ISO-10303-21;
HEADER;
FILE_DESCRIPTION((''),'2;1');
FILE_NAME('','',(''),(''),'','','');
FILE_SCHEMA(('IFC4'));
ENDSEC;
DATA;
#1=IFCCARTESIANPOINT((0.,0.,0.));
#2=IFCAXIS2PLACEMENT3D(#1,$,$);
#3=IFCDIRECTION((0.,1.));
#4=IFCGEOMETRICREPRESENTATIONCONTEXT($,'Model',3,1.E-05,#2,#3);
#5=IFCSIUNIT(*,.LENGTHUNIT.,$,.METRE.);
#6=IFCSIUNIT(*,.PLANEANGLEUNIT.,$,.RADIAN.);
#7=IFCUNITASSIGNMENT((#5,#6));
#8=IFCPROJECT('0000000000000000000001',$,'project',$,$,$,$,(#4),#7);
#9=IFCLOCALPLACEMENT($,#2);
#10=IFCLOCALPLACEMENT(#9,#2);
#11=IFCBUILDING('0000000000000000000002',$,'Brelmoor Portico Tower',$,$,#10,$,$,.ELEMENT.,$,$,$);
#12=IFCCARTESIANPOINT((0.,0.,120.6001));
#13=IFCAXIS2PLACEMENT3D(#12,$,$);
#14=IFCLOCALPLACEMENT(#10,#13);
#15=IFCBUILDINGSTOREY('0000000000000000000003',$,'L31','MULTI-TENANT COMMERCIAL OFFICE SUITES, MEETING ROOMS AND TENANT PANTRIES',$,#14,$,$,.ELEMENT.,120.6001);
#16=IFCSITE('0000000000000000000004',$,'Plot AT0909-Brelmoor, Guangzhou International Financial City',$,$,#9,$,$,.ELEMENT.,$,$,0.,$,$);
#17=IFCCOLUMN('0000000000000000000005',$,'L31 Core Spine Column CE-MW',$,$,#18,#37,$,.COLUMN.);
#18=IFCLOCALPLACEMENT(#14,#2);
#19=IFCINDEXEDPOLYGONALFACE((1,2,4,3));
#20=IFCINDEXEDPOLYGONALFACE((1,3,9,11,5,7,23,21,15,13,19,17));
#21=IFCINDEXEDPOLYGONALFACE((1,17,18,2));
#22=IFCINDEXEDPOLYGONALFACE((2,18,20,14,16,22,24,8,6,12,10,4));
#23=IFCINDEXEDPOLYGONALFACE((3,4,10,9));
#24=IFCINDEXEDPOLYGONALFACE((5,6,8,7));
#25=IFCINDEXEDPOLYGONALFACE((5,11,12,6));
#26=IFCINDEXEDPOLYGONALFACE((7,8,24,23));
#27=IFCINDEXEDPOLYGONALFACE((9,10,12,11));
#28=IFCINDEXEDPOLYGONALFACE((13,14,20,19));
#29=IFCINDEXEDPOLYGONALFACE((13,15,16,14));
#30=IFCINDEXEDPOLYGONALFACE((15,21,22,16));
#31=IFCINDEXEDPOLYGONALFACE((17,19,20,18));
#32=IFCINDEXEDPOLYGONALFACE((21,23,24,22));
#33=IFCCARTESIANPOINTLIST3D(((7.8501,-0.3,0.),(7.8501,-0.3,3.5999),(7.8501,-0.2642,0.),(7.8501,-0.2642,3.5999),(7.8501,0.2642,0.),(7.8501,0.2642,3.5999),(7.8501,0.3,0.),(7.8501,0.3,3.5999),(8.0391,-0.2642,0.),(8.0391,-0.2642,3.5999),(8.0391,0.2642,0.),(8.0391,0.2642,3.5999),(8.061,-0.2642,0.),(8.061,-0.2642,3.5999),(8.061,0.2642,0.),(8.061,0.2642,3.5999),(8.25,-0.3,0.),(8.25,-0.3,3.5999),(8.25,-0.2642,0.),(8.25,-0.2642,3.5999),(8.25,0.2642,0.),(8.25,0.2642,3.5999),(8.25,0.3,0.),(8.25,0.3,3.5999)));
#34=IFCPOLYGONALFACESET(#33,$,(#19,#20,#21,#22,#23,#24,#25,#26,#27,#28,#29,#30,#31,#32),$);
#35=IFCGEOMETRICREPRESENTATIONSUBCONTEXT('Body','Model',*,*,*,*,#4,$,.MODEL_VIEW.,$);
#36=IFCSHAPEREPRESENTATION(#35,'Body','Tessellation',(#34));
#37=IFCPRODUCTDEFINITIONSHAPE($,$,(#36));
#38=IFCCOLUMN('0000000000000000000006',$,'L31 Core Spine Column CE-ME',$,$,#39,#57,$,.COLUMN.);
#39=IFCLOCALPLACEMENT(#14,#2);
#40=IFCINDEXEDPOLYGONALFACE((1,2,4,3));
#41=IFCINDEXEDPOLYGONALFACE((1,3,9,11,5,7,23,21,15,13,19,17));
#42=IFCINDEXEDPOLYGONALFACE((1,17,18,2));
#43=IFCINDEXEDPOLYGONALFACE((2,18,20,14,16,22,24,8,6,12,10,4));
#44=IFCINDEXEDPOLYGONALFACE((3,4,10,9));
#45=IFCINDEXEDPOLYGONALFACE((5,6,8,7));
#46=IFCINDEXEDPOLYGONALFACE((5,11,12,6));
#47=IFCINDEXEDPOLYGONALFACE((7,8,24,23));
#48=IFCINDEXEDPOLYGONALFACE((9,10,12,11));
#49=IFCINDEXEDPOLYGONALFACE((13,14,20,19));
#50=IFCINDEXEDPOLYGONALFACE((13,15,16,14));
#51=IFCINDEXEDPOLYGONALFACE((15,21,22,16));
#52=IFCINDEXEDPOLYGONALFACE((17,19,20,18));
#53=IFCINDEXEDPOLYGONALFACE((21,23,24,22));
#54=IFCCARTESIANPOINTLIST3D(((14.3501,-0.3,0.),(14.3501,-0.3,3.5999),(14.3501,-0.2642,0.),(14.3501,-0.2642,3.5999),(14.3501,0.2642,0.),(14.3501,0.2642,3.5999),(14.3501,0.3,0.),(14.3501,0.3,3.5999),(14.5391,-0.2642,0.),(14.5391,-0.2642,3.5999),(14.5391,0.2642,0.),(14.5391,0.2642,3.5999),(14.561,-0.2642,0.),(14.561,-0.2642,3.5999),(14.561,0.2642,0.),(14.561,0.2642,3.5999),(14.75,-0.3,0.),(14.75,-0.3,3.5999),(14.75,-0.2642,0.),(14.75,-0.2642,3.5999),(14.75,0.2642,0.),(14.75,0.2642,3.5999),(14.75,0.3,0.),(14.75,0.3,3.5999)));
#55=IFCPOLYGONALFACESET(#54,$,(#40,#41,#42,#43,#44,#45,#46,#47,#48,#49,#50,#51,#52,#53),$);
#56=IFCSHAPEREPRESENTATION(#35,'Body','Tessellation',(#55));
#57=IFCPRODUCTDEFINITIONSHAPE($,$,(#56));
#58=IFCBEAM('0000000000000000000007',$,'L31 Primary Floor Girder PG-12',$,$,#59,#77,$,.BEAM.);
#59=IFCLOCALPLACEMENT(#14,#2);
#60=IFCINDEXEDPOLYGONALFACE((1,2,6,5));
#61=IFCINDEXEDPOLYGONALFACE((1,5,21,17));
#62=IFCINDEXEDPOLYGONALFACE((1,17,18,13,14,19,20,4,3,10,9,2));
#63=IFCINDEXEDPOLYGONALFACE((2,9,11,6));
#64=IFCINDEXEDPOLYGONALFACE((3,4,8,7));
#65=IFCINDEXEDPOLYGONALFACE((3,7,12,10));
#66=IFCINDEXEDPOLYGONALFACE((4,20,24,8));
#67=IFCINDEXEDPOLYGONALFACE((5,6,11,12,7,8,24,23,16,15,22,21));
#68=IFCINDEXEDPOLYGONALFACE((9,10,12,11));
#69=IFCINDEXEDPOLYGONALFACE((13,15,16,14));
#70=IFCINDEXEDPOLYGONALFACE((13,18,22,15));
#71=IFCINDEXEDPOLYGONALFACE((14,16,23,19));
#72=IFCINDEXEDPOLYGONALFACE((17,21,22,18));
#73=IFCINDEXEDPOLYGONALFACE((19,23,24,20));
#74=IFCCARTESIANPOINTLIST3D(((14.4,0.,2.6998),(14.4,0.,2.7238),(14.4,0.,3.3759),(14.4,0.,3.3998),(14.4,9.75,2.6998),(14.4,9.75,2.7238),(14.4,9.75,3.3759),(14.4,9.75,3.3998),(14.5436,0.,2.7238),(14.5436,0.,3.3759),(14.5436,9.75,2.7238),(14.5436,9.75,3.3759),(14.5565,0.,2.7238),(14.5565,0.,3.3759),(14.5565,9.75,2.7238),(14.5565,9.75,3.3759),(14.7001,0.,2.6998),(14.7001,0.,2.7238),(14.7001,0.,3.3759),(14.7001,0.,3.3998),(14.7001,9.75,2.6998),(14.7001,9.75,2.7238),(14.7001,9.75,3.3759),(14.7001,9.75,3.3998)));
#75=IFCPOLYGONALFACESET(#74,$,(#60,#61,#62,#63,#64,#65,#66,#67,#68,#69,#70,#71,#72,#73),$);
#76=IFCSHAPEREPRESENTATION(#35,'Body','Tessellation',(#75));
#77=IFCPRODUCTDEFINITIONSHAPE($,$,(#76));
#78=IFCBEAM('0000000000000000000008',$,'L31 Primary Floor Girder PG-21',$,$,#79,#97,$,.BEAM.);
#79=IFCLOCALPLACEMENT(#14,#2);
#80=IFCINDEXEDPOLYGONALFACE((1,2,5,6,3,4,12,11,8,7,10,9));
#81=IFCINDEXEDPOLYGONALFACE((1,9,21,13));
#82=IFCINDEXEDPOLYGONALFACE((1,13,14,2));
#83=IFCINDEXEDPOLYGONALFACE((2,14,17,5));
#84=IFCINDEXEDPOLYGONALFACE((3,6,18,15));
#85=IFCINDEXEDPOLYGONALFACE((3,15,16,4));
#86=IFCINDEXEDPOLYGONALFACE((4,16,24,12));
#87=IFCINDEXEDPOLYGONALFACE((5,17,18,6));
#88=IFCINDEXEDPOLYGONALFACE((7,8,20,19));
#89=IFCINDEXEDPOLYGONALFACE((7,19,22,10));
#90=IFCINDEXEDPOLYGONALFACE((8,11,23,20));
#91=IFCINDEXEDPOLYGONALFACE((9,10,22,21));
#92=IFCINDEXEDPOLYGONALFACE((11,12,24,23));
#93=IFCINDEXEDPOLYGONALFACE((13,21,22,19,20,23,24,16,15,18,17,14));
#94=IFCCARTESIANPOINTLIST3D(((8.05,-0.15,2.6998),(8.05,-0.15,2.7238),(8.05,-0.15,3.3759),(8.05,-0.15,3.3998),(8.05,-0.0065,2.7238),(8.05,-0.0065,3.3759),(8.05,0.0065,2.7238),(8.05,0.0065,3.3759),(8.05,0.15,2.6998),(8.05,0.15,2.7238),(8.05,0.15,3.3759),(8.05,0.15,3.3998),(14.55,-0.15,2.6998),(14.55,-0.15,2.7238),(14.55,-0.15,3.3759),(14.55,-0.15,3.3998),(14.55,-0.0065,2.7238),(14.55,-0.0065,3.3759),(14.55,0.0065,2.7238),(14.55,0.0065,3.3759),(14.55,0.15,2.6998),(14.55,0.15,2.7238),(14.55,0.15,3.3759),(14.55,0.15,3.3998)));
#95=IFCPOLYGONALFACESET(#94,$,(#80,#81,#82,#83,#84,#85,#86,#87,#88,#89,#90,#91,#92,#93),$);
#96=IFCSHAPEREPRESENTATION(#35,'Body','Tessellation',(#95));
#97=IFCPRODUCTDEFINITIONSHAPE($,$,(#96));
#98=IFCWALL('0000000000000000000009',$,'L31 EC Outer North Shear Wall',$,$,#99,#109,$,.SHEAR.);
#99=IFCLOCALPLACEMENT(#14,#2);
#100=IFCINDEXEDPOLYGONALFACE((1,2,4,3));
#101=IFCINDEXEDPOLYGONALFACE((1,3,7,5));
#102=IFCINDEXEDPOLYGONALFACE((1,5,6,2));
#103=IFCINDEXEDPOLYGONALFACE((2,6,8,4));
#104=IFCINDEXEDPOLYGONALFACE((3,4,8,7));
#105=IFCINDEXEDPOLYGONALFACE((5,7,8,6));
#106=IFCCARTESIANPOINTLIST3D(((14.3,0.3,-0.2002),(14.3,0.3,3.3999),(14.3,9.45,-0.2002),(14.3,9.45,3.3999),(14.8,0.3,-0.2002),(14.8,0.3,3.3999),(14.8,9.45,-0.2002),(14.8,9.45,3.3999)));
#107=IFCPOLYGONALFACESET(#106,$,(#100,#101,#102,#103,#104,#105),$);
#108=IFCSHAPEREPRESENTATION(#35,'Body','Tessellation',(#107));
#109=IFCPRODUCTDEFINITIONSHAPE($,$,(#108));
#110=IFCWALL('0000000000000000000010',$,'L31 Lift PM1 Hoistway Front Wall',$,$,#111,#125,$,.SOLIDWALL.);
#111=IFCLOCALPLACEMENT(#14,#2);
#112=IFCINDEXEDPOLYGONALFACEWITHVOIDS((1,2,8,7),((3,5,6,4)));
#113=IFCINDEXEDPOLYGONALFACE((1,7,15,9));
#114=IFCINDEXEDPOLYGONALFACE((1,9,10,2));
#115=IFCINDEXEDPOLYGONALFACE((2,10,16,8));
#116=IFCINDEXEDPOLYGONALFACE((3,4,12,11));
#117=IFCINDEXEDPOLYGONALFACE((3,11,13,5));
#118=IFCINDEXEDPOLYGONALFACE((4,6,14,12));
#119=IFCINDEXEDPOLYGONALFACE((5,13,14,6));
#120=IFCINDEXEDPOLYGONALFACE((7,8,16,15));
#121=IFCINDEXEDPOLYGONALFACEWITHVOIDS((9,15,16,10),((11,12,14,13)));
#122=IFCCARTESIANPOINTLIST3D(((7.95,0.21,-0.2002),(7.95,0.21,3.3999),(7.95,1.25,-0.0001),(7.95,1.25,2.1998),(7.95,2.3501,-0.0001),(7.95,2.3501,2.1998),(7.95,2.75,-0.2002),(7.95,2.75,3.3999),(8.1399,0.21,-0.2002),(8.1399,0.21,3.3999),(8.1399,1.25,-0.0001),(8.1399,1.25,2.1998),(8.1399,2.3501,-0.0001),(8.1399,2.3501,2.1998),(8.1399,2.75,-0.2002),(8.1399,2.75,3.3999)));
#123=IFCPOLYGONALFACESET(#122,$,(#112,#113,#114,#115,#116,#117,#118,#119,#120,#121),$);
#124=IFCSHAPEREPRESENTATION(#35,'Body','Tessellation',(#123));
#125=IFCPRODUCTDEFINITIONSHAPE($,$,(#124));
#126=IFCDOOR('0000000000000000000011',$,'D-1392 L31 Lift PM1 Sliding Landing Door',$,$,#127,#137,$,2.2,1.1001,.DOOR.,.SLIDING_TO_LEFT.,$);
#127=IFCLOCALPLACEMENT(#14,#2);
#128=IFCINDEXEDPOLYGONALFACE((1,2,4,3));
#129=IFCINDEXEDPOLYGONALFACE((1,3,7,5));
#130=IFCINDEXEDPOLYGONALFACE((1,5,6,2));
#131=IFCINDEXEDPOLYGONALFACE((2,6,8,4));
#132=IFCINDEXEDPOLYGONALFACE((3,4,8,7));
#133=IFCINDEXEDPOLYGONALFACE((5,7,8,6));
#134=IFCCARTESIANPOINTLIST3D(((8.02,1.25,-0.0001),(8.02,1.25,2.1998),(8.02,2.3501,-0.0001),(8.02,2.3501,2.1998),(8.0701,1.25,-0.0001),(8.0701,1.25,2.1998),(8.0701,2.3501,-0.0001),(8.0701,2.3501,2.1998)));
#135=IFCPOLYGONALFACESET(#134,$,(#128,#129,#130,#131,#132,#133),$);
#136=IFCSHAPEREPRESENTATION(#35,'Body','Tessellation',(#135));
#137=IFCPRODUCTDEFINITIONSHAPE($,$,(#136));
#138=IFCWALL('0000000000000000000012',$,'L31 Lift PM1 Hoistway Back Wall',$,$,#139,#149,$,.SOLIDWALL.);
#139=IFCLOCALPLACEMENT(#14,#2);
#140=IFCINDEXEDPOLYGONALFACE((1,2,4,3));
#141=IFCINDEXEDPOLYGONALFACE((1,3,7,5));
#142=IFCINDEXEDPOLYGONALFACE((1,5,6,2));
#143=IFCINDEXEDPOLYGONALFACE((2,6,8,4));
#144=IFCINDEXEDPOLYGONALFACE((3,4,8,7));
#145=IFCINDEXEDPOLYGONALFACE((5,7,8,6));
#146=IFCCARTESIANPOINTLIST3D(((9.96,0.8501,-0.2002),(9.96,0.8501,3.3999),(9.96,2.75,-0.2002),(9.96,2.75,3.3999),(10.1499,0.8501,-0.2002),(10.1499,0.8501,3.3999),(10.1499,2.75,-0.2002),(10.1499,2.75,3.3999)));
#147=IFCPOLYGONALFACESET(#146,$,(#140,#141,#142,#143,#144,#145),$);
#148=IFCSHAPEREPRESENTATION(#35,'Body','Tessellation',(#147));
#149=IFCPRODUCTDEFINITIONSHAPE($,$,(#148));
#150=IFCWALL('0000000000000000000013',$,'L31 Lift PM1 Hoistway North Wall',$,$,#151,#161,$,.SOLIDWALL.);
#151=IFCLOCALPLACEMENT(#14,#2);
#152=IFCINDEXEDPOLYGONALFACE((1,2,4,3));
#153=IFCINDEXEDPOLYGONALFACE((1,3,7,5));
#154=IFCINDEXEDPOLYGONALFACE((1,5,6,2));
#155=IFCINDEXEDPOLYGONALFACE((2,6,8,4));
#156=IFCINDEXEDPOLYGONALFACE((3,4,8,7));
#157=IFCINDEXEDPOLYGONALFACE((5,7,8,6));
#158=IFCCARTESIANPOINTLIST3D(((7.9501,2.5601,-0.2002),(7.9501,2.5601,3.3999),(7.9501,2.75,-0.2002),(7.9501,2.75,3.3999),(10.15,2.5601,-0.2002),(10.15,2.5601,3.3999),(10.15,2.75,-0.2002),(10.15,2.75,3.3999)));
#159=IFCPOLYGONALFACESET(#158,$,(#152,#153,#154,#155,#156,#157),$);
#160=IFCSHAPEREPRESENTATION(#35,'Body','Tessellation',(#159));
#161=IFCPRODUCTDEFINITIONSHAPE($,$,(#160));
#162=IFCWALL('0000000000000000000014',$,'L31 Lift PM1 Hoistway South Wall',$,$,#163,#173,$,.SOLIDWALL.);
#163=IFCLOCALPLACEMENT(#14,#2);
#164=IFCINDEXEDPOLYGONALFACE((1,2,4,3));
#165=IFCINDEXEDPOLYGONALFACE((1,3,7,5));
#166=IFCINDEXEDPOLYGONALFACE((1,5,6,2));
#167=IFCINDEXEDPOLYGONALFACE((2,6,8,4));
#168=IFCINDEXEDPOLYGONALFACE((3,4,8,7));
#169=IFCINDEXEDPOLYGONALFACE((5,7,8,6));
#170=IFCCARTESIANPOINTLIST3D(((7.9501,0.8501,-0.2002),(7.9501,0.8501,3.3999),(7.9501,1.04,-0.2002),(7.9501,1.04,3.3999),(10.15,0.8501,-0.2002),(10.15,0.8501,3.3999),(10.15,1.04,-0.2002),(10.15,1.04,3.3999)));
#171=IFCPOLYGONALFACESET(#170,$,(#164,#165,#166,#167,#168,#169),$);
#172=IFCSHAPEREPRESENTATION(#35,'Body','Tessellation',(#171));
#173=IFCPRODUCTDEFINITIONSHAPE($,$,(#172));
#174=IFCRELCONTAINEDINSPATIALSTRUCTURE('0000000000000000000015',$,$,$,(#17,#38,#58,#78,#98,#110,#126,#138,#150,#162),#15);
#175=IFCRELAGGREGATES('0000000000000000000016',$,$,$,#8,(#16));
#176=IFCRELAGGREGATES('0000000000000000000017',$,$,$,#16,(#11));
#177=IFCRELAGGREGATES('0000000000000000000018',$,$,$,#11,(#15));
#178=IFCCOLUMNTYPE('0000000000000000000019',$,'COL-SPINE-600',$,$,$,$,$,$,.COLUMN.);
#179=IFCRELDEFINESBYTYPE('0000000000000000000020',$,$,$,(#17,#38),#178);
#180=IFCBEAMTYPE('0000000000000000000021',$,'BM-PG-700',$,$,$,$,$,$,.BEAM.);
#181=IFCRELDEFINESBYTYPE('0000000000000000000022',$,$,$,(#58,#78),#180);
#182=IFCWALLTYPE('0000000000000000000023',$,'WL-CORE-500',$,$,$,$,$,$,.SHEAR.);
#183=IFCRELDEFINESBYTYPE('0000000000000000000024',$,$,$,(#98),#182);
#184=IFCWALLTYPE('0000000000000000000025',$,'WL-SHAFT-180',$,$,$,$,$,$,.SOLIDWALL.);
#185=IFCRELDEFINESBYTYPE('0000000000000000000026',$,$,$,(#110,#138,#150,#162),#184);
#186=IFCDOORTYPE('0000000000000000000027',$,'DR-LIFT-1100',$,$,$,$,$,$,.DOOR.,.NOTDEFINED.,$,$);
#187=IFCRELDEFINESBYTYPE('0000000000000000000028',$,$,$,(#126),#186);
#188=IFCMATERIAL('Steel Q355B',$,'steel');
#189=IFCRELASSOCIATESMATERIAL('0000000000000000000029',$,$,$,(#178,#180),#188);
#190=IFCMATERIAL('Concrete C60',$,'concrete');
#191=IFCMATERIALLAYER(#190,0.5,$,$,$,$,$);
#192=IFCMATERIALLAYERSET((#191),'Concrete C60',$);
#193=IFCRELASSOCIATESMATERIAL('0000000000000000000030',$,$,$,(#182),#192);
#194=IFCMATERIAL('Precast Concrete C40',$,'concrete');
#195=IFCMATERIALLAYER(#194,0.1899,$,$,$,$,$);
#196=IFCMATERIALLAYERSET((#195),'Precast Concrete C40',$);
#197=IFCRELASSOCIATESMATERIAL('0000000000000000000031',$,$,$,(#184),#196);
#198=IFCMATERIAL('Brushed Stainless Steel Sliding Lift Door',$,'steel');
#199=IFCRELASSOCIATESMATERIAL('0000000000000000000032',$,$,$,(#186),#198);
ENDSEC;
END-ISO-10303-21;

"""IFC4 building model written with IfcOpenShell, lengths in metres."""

from ifc_helpers import new_model, si_unit, direction, frame, frame_2d, origin, origin_2d, place, context, subcontext, project, spatial, rectangle, i_section, extrude, material, layer, layer_set, material_profile, profile_set, type_object, element, fill, save


model = new_model("IFC4")

# Units and contexts
model_context = context("Model", 3, precision=1e-05, world=origin(), true_north=direction((0.0, 1.0)))
body_context = subcontext(model_context, "Body", "Model", "MODEL_VIEW")
ifc_project = project(units=[si_unit("LENGTHUNIT", "METRE"), si_unit("PLANEANGLEUNIT", "RADIAN")], contexts=[model_context])

# Site, building, storey
site_placement = place(None, origin())
site = spatial("IfcSite", under=ifc_project, at=site_placement, Name="Plot AT0909-Brelmoor, Guangzhou International Financial City", CompositionType="ELEMENT", RefElevation=0.0)
building_placement = place(site_placement, origin())
building = spatial("IfcBuilding", under=site, at=building_placement, Name="Brelmoor Portico Tower", CompositionType="ELEMENT")
storey_placement = place(building_placement, frame((0.0, 0.0, 120.6001)))
storey = spatial("IfcBuildingStorey", under=building, at=storey_placement, Name="L31", Description="MULTI-TENANT COMMERCIAL OFFICE SUITES, MEETING ROOMS AND TENANT PANTRIES", CompositionType="ELEMENT", Elevation=120.6001)

# Columns
ifc_material_1 = material(Name="Steel Q355B", Category="steel")
ifc_material_profile_1 = material_profile(ifc_material_1, i_section(OverallWidth=0.3999, OverallDepth=0.6001, WebThickness=0.022, FlangeThickness=0.0359, at=origin_2d()), Name="HW 600x400x22x36")
ifc_profile_set_1 = profile_set([ifc_material_profile_1], Name="Steel Q355B")
column_type = type_object("IfcColumnType", Name="COL-SPINE-600", PredefinedType="COLUMN", material=ifc_profile_set_1)
for number, where, z_axis, x_axis, name in (
    (1, (8.05, 0.0, 0.0), (0.0, 0.0, 1.0), (1.0, 0.0, 0.0), "L31 Core Spine Column CE-MW"),
    (2, (14.55, 0.0, 0.0), (0.0, 0.0, 1.0), (1.0, 0.0, 0.0), "L31 Core Spine Column CE-ME"),
):
    element("IfcColumn", number, at=place(storey_placement, frame(where, z_axis=z_axis, x_axis=x_axis)), inside=storey, type_object=column_type, Name=name, PredefinedType="COLUMN", context=body_context, shape_type="SweptSolid", body=[
        extrude(i_section(OverallWidth=0.3999, OverallDepth=0.6001, WebThickness=0.022, FlangeThickness=0.0359, at=origin_2d()), origin(), (0.0, 0.0, 1.0), 3.5999),
    ])

# Beams
ifc_material_profile_2 = material_profile(ifc_material_1, i_section(OverallWidth=0.3, OverallDepth=0.7, WebThickness=0.0129, FlangeThickness=0.0239, at=origin_2d()), Name="HN 700x300x13x24")
ifc_profile_set_2 = profile_set([ifc_material_profile_2], Name="Steel Q355B")
beam_type = type_object("IfcBeamType", Name="BM-PG-700", PredefinedType="BEAM", material=ifc_profile_set_2)
beam_1_placement = place(storey_placement, frame((14.55, 0.0, 3.0498), z_axis=(0.0, 1.0, 0.0), x_axis=(-1.0, 0.0, 0.0)))
element("IfcBeam", 3, at=beam_1_placement, inside=storey, type_object=beam_type, Name="L31 Primary Floor Girder PG-12", PredefinedType="BEAM", context=body_context, shape_type="SweptSolid", body=[
    extrude(i_section(OverallWidth=0.3, OverallDepth=0.7, WebThickness=0.0129, FlangeThickness=0.0239, at=origin_2d()), origin(), (0.0, 0.0, 1.0), 9.75),
])
beam_2_placement = place(storey_placement, frame((8.05, 0.0, 3.0498), z_axis=(1.0, 0.0, 0.0), x_axis=(0.0, 1.0, 0.0)))
element("IfcBeam", 4, at=beam_2_placement, inside=storey, type_object=beam_type, Name="L31 Primary Floor Girder PG-21", PredefinedType="BEAM", context=body_context, shape_type="SweptSolid", body=[
    extrude(i_section(OverallWidth=0.3, OverallDepth=0.7, WebThickness=0.0129, FlangeThickness=0.0239, at=origin_2d()), origin(), (0.0, 0.0, 1.0), 6.5),
])

# Wall
ifc_material_2 = material(Name="Concrete C60", Category="concrete")
ifc_layer_1 = layer(ifc_material_2, 0.5)
ifc_layer_set_1 = layer_set([ifc_layer_1], Name="Concrete C60")
wall_type_1 = type_object("IfcWallType", Name="WL-CORE-500", PredefinedType="SHEAR", material=ifc_layer_set_1)
wall_1_placement = place(storey_placement, frame((14.55, 0.3, -0.2002), z_axis=(0.0, 0.0, 1.0), x_axis=(0.0, 1.0, 0.0)))
element("IfcWall", 5, at=wall_1_placement, inside=storey, type_object=wall_type_1, Name="L31 EC Outer North Shear Wall", PredefinedType="SHEAR", context=body_context, shape_type="SweptSolid", body=[
    extrude(rectangle(XDim=9.1499, YDim=0.5, at=frame_2d((4.575, 0.0))), origin(), (0.0, 0.0, 1.0), 3.6001),
])

# Wall, opening, door
ifc_material_3 = material(Name="Precast Concrete C40", Category="concrete")
ifc_layer_2 = layer(ifc_material_3, 0.1899)
ifc_layer_set_2 = layer_set([ifc_layer_2], Name="Precast Concrete C40")
wall_type_2 = type_object("IfcWallType", Name="WL-SHAFT-180", PredefinedType="SOLIDWALL", material=ifc_layer_set_2)
wall_2_placement = place(storey_placement, frame((8.0449, 0.21, -0.2002), z_axis=(0.0, 0.0, 1.0), x_axis=(0.0, 1.0, 0.0)))
wall_2 = element("IfcWall", 6, at=wall_2_placement, inside=storey, type_object=wall_type_2, Name="L31 Lift PM1 Hoistway Front Wall", PredefinedType="SOLIDWALL", context=body_context, shape_type="SweptSolid", body=[
    extrude(rectangle(XDim=2.54, YDim=0.1899, at=frame_2d((1.27, 0.0))), origin(), (0.0, 0.0, 1.0), 3.6001),
])
opening_1_placement = place(wall_2_placement, frame((1.04, 0.0, 0.2)))
opening_1 = element("IfcOpeningElement", 7, at=opening_1_placement, cuts=wall_2, PredefinedType="OPENING", context=body_context, shape_type="SweptSolid", body=[
    extrude(rectangle(XDim=1.1001, YDim=2.2, at=frame_2d((0.55, 1.1001))), frame((0.0, 0.105, 0.0), z_axis=(0.0, -1.0, 0.0), x_axis=(1.0, 0.0, 0.0)), (0.0, 0.0, 1.0), 0.21),
])
ifc_material_4 = material(Name="Brushed Stainless Steel Sliding Lift Door", Category="steel")
door_type_1 = type_object("IfcDoorType", Name="DR-LIFT-1100", OperationType="NOTDEFINED", PredefinedType="DOOR", material=ifc_material_4)
door_1_placement = place(opening_1_placement, origin())
door_1 = element("IfcDoor", 8, at=door_1_placement, inside=storey, type_object=door_type_1, Name="D-1392 L31 Lift PM1 Sliding Landing Door", OperationType="SLIDING_TO_LEFT", OverallHeight=2.2, OverallWidth=1.1001, PredefinedType="DOOR", context=body_context, shape_type="SweptSolid", body=[
    extrude(rectangle(XDim=1.1001, YDim=2.2, at=frame_2d((0.55, 1.1001))), frame((0.0, 0.0249, 0.0), z_axis=(0.0, -1.0, 0.0), x_axis=(1.0, 0.0, 0.0)), (0.0, 0.0, 1.0), 0.05),
])
fill(opening_1, door_1)

# Walls
wall_3_placement = place(storey_placement, frame((10.0549, 0.8501, -0.2002), z_axis=(0.0, 0.0, 1.0), x_axis=(0.0, 1.0, 0.0)))
element("IfcWall", 9, at=wall_3_placement, inside=storey, type_object=wall_type_2, Name="L31 Lift PM1 Hoistway Back Wall", PredefinedType="SOLIDWALL", context=body_context, shape_type="SweptSolid", body=[
    extrude(rectangle(XDim=1.8999, YDim=0.1899, at=frame_2d((0.95, 0.0))), origin(), (0.0, 0.0, 1.0), 3.6001),
])
for number, where, z_axis, x_axis, name in (
    (10, (7.95, 2.655, -0.2002), (0.0, 0.0, 1.0), (1.0, 0.0, 0.0), "L31 Lift PM1 Hoistway North Wall"),
    (11, (7.95, 0.9451, -0.2002), (0.0, 0.0, 1.0), (1.0, 0.0, 0.0), "L31 Lift PM1 Hoistway South Wall"),
):
    element("IfcWall", number, at=place(storey_placement, frame(where, z_axis=z_axis, x_axis=x_axis)), inside=storey, type_object=wall_type_2, Name=name, PredefinedType="SOLIDWALL", context=body_context, shape_type="SweptSolid", body=[
        extrude(rectangle(XDim=2.2, YDim=0.1899, at=frame_2d((1.1001, 0.0))), origin(), (0.0, 0.0, 1.0), 3.6001),
    ])

save(model, "model.ifc")
